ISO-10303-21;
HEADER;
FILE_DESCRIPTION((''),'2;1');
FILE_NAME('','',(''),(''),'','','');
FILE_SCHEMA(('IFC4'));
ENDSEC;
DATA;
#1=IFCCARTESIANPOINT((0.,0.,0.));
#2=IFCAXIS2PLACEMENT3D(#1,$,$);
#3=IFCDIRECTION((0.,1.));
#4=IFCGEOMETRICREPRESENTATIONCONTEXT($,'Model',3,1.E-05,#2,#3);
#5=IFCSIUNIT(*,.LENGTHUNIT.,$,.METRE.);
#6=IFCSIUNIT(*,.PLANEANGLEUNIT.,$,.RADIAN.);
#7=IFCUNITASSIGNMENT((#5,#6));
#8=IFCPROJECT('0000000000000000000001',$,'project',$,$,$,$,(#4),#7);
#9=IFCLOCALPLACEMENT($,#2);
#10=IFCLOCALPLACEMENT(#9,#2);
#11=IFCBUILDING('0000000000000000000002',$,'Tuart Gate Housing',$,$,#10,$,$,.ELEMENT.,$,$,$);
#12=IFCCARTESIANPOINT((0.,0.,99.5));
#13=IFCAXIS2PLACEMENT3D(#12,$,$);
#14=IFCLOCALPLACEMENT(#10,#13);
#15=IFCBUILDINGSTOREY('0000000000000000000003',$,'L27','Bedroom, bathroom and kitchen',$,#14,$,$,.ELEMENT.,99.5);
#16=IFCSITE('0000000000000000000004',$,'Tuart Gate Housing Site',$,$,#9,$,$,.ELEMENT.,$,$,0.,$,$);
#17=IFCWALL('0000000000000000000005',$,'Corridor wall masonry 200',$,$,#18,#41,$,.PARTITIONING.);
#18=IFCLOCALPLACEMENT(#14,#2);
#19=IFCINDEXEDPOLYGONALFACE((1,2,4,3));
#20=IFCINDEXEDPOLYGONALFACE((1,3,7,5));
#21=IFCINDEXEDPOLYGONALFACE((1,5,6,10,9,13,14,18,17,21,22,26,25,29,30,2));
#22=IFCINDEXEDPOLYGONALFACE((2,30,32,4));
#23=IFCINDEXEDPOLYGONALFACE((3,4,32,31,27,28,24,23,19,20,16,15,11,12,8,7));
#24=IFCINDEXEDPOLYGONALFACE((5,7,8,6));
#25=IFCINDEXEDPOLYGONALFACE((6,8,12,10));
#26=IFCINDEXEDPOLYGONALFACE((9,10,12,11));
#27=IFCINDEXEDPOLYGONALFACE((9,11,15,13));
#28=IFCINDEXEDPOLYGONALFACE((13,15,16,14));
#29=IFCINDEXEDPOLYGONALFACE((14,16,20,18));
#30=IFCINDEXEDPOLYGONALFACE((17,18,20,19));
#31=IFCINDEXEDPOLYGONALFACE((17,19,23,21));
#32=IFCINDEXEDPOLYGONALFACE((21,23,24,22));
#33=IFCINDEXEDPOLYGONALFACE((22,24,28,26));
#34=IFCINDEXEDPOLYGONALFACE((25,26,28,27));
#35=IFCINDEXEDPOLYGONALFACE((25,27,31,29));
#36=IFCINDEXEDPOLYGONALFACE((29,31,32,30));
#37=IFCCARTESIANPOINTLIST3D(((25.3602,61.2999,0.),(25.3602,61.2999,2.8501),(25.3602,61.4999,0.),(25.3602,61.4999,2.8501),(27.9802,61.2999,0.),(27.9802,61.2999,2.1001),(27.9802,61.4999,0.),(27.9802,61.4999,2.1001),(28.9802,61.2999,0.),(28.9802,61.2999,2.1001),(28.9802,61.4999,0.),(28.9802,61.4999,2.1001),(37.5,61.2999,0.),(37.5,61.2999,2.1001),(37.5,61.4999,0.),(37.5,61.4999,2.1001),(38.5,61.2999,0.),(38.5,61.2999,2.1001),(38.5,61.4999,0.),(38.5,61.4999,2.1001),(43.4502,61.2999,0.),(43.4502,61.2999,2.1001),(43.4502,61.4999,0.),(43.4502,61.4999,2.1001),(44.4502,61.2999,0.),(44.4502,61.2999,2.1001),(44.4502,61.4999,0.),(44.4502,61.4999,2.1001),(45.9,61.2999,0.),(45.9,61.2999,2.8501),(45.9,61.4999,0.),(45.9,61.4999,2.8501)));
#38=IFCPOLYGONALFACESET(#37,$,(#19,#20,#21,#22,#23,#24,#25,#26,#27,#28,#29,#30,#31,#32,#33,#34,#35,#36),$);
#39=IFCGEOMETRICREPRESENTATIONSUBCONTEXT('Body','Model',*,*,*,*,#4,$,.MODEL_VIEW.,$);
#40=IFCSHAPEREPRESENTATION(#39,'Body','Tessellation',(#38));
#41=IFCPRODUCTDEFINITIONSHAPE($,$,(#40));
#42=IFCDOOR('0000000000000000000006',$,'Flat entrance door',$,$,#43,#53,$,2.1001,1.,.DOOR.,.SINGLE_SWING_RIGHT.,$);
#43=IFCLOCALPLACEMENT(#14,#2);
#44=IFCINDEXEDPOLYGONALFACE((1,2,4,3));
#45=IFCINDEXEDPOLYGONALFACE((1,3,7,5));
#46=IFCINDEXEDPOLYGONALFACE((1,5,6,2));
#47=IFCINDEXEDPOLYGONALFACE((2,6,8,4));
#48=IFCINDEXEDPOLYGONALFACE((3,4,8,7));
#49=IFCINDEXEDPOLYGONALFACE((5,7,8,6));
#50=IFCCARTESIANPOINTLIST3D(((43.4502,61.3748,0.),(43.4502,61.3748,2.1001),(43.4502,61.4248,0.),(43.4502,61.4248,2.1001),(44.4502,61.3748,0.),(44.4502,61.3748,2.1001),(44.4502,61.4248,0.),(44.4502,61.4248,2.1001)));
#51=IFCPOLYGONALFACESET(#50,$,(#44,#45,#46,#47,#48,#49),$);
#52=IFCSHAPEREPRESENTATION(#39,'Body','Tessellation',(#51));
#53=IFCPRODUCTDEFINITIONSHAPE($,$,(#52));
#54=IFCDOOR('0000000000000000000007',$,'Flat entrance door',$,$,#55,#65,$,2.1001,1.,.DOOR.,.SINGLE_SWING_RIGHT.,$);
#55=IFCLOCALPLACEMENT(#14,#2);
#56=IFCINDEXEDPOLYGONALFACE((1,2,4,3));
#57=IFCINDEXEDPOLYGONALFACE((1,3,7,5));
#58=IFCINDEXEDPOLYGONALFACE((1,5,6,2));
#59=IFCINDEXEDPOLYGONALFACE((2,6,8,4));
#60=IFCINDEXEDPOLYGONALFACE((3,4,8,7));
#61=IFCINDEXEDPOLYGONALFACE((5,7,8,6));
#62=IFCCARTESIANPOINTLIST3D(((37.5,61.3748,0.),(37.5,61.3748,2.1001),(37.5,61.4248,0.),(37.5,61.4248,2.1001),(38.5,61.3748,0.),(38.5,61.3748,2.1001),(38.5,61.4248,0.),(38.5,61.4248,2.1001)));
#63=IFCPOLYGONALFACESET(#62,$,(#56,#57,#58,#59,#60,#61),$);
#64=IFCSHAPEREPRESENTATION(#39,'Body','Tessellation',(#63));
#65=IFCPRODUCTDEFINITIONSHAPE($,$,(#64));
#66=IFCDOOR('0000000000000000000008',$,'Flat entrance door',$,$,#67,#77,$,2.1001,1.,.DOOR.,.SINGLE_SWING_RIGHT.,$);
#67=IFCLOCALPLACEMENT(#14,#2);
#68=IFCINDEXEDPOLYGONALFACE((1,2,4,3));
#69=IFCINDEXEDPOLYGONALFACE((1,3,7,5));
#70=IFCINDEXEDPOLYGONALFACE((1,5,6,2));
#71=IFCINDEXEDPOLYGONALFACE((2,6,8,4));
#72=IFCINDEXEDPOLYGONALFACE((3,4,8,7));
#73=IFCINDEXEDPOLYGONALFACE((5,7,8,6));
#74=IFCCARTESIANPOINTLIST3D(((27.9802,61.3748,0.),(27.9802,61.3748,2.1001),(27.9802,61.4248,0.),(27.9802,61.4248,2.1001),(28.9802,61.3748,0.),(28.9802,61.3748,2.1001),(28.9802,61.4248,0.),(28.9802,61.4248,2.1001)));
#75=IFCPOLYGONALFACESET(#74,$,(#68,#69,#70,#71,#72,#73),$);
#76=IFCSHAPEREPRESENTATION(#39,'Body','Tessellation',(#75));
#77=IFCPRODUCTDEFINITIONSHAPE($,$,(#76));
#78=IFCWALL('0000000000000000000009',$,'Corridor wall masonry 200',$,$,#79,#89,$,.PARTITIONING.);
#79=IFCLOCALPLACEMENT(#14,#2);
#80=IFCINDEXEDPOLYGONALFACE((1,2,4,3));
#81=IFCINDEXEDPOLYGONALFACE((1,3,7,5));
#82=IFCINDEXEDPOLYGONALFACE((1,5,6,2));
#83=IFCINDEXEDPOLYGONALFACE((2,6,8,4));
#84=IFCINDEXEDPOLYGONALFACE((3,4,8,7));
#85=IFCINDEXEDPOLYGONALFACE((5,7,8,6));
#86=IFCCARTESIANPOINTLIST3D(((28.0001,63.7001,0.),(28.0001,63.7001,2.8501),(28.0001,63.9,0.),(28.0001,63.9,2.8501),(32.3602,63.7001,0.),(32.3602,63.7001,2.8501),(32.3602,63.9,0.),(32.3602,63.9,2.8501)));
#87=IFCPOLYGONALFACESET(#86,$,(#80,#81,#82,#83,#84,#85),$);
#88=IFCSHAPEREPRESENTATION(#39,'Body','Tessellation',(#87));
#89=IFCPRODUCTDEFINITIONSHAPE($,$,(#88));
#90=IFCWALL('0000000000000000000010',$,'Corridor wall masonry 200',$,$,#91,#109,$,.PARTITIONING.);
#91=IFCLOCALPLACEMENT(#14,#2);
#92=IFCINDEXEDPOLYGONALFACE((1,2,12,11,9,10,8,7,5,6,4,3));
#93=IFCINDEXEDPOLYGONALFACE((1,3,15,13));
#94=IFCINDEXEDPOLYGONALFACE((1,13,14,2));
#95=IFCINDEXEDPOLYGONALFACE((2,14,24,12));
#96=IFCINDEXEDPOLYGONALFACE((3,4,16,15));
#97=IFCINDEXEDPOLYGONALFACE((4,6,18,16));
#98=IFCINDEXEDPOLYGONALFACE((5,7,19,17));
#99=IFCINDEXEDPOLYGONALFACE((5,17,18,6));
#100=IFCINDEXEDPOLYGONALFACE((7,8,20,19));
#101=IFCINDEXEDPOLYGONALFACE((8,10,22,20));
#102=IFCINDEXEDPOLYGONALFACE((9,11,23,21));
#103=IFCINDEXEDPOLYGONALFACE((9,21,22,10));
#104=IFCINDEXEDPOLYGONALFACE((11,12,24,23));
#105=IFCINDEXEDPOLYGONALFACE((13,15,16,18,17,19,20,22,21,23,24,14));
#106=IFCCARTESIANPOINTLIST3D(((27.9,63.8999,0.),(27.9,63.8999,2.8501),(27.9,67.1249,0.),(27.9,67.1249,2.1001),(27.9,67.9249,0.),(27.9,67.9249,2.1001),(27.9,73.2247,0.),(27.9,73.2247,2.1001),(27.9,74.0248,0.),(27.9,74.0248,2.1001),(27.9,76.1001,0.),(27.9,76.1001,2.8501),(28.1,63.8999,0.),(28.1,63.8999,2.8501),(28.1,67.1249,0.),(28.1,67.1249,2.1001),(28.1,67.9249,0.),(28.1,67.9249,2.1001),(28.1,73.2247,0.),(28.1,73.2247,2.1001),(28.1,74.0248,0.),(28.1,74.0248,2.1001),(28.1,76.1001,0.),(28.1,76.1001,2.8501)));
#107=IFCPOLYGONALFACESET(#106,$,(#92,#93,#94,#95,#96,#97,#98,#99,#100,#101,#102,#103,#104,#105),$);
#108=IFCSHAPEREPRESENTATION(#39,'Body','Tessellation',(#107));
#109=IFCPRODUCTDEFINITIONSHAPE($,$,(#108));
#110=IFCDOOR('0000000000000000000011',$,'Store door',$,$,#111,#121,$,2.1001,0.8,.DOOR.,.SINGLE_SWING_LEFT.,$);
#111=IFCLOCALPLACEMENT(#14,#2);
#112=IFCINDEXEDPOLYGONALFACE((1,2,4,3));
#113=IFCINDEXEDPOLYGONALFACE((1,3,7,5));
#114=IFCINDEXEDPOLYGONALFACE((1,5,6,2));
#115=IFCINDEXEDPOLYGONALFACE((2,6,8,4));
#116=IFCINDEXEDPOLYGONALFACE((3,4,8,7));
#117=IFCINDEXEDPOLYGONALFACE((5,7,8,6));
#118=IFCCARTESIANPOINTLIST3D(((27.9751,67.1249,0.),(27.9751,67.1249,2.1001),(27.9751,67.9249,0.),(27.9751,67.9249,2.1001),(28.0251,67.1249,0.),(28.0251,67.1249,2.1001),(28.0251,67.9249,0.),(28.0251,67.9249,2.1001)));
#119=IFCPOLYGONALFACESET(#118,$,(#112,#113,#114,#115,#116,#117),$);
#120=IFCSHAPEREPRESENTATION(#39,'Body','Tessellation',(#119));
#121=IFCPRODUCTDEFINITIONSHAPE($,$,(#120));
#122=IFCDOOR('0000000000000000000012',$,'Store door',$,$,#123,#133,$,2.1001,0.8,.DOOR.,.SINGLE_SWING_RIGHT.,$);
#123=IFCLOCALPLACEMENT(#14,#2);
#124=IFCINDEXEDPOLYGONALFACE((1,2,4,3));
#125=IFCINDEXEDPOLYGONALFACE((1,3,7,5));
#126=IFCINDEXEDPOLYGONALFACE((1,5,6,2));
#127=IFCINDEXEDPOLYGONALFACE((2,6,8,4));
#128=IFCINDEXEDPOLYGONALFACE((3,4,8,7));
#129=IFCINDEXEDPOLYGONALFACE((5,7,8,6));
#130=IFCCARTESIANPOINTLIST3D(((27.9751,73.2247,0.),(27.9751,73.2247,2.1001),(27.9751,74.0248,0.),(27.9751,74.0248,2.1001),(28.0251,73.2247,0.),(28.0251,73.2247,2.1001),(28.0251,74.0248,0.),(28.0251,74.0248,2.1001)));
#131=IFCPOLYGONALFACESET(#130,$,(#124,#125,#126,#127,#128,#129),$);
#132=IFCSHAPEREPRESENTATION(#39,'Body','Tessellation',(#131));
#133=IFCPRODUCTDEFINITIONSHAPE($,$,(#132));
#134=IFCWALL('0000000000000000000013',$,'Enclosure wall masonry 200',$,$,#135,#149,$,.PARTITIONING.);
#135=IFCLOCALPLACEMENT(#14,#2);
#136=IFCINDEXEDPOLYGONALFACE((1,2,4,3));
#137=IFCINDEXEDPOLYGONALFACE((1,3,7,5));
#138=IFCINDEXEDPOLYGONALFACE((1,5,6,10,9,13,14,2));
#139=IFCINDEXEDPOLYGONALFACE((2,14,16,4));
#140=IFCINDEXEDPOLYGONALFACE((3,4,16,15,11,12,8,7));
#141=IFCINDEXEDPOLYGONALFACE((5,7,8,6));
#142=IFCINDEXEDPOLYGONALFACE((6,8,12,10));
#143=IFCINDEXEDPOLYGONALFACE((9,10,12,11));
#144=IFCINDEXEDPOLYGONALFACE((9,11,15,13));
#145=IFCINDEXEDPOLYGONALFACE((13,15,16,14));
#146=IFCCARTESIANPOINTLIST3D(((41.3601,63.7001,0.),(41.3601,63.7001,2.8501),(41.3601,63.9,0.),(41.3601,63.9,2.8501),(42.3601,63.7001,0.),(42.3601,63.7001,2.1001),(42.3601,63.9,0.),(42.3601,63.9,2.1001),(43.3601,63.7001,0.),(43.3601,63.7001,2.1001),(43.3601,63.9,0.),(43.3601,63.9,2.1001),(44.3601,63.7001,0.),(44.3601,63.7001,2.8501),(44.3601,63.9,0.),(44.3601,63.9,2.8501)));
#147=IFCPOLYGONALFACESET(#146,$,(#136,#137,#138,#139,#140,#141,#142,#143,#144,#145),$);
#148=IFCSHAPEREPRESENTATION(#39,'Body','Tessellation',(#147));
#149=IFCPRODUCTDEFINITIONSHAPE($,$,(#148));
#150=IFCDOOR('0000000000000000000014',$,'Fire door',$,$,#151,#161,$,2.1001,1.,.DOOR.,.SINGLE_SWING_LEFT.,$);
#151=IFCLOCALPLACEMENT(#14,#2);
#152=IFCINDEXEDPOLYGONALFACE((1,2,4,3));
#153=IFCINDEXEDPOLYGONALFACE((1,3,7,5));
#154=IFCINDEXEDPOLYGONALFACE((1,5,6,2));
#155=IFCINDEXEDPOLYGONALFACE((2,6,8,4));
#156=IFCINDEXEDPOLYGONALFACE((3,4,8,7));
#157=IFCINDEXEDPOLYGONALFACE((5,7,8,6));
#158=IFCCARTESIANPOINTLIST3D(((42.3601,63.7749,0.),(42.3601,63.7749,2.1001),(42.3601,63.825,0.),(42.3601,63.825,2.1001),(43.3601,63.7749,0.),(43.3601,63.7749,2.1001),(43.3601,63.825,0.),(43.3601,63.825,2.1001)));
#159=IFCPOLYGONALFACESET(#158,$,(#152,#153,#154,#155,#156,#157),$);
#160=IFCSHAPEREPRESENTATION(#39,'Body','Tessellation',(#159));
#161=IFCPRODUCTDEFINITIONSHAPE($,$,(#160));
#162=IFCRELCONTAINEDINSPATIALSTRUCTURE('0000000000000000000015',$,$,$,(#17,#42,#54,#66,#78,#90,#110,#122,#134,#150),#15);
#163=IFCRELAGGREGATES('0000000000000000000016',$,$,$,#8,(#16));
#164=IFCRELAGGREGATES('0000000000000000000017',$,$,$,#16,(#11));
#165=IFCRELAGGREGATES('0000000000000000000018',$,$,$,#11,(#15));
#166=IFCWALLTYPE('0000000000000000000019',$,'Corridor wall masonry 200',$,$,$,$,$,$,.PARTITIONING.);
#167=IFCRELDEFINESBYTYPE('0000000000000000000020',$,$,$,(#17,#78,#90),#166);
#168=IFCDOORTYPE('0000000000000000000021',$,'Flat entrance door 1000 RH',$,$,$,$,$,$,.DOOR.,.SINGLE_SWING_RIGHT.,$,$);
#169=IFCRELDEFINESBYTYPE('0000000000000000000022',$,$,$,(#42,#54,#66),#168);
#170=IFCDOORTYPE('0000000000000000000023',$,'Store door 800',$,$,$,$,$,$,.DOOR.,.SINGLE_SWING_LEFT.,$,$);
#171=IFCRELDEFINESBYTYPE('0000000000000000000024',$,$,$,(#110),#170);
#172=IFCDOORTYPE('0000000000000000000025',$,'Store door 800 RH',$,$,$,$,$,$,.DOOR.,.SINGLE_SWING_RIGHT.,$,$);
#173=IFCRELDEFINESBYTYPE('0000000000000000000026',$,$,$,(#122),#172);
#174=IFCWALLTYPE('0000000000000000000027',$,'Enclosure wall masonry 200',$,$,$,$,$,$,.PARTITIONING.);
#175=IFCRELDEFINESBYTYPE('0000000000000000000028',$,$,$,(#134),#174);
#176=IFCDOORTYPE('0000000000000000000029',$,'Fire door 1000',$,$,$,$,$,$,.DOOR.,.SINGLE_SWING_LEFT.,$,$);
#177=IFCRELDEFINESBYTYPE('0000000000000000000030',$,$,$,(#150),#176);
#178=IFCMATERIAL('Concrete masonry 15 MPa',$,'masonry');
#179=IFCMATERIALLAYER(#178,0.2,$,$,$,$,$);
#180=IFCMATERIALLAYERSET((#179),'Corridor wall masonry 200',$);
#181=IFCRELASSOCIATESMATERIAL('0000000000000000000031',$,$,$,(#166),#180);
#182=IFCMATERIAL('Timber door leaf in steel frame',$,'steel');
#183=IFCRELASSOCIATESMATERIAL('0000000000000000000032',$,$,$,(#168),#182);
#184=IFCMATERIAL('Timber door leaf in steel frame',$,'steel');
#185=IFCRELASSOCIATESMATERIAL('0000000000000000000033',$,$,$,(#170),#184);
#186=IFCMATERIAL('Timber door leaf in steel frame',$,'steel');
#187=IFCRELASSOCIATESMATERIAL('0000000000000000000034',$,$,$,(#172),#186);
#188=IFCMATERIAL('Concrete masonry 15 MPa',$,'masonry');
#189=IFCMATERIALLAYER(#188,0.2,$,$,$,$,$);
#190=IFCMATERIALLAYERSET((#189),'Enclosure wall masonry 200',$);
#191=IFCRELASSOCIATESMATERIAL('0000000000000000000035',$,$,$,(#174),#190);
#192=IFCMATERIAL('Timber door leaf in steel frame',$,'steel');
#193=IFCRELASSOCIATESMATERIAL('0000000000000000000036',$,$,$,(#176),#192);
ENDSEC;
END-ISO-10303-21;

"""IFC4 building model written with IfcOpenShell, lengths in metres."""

from ifc_helpers import new_model, si_unit, direction, frame, frame_2d, origin, place, context, subcontext, project, spatial, rectangle, extrude, material, layer, layer_set, type_object, element, fill, save


model = new_model("IFC4")

# Units and contexts
model_context = context("Model", 3, precision=1e-05, world=origin(), true_north=direction((0.0, 1.0)))
body_context = subcontext(model_context, "Body", "Model", "MODEL_VIEW")
ifc_project = project(units=[si_unit("LENGTHUNIT", "METRE"), si_unit("PLANEANGLEUNIT", "RADIAN")], contexts=[model_context])

# Site, building, storey
site_placement = place(None, origin())
site = spatial("IfcSite", under=ifc_project, at=site_placement, Name="Tuart Gate Housing Site", CompositionType="ELEMENT", RefElevation=0.0)
building_placement = place(site_placement, origin())
building = spatial("IfcBuilding", under=site, at=building_placement, Name="Tuart Gate Housing", CompositionType="ELEMENT")
storey_placement = place(building_placement, frame((0.0, 0.0, 99.5)))
storey = spatial("IfcBuildingStorey", under=building, at=storey_placement, Name="L27", Description="Bedroom, bathroom and kitchen", CompositionType="ELEMENT", Elevation=99.5)

# Wall, openings, doors
ifc_material_1 = material(Name="Concrete masonry 15 MPa", Category="masonry")
ifc_layer_1 = layer(ifc_material_1, 0.2)
ifc_layer_set_1 = layer_set([ifc_layer_1], Name="Corridor wall masonry 200")
wall_type_1 = type_object("IfcWallType", Name="Corridor wall masonry 200", PredefinedType="PARTITIONING", material=ifc_layer_set_1)
wall_1_placement = place(storey_placement, frame((25.3601, 61.3999, 0.0), z_axis=(0.0, 0.0, 1.0), x_axis=(1.0, 0.0, 0.0)))
wall_1 = element("IfcWall", 1, at=wall_1_placement, inside=storey, type_object=wall_type_1, Name="Corridor wall masonry 200", PredefinedType="PARTITIONING", context=body_context, shape_type="SweptSolid", body=[
    extrude(rectangle(XDim=20.5398, YDim=0.2, at=frame_2d((10.27, 0.0))), origin(), (0.0, 0.0, 1.0), 2.8501),
])
opening_1_placement = place(wall_1_placement, frame((18.0901, 0.0, 0.0)))
opening_1 = element("IfcOpeningElement", 2, at=opening_1_placement, cuts=wall_1, PredefinedType="OPENING", context=body_context, shape_type="SweptSolid", body=[
    extrude(rectangle(XDim=1.0, YDim=2.1001, at=frame_2d((0.5, 1.05))), frame((0.0, 0.1099, 0.0), z_axis=(0.0, -1.0, 0.0), x_axis=(1.0, 0.0, 0.0)), (0.0, 0.0, 1.0), 0.22),
])
opening_2_placement = place(wall_1_placement, frame((12.1399, 0.0, 0.0)))
opening_2 = element("IfcOpeningElement", 3, at=opening_2_placement, cuts=wall_1, PredefinedType="OPENING", context=body_context, shape_type="SweptSolid", body=[
    extrude(rectangle(XDim=1.0, YDim=2.1001, at=frame_2d((0.5, 1.05))), frame((0.0, 0.1099, 0.0), z_axis=(0.0, -1.0, 0.0), x_axis=(1.0, 0.0, 0.0)), (0.0, 0.0, 1.0), 0.22),
])
opening_3_placement = place(wall_1_placement, frame((2.6201, 0.0, 0.0)))
opening_3 = element("IfcOpeningElement", 4, at=opening_3_placement, cuts=wall_1, PredefinedType="OPENING", context=body_context, shape_type="SweptSolid", body=[
    extrude(rectangle(XDim=1.0, YDim=2.1001, at=frame_2d((0.5, 1.05))), frame((0.0, 0.1099, 0.0), z_axis=(0.0, -1.0, 0.0), x_axis=(1.0, 0.0, 0.0)), (0.0, 0.0, 1.0), 0.22),
])
ifc_material_2 = material(Name="Timber door leaf in steel frame", Category="steel")
door_type_1 = type_object("IfcDoorType", Name="Flat entrance door 1000 RH", OperationType="SINGLE_SWING_RIGHT", PredefinedType="DOOR", material=ifc_material_2)
door_1_placement = place(opening_1_placement, frame((1.0, 0.0, 0.0), z_axis=(0.0, 0.0, 1.0), x_axis=(-1.0, 0.0, 0.0)))
door_1 = element("IfcDoor", 5, at=door_1_placement, inside=storey, type_object=door_type_1, Name="Flat entrance door", OperationType="SINGLE_SWING_RIGHT", OverallHeight=2.1001, OverallWidth=1.0, PredefinedType="DOOR", context=body_context, shape_type="SweptSolid", body=[
    extrude(rectangle(XDim=1.0, YDim=2.1001, at=frame_2d((0.5, 1.05))), frame((0.0, 0.0251, 0.0), z_axis=(0.0, -1.0, 0.0), x_axis=(1.0, 0.0, 0.0)), (0.0, 0.0, 1.0), 0.05),
])
fill(opening_1, door_1)
door_2_placement = place(opening_2_placement, frame((1.0, 0.0, 0.0), z_axis=(0.0, 0.0, 1.0), x_axis=(-1.0, 0.0, 0.0)))
door_2 = element("IfcDoor", 6, at=door_2_placement, inside=storey, type_object=door_type_1, Name="Flat entrance door", OperationType="SINGLE_SWING_RIGHT", OverallHeight=2.1001, OverallWidth=1.0, PredefinedType="DOOR", context=body_context, shape_type="SweptSolid", body=[
    extrude(rectangle(XDim=1.0, YDim=2.1001, at=frame_2d((0.5, 1.05))), frame((0.0, 0.0251, 0.0), z_axis=(0.0, -1.0, 0.0), x_axis=(1.0, 0.0, 0.0)), (0.0, 0.0, 1.0), 0.05),
])
fill(opening_2, door_2)
door_3_placement = place(opening_3_placement, frame((1.0, 0.0, 0.0), z_axis=(0.0, 0.0, 1.0), x_axis=(-1.0, 0.0, 0.0)))
door_3 = element("IfcDoor", 7, at=door_3_placement, inside=storey, type_object=door_type_1, Name="Flat entrance door", OperationType="SINGLE_SWING_RIGHT", OverallHeight=2.1001, OverallWidth=1.0, PredefinedType="DOOR", context=body_context, shape_type="SweptSolid", body=[
    extrude(rectangle(XDim=1.0, YDim=2.1001, at=frame_2d((0.5, 1.05))), frame((0.0, 0.0251, 0.0), z_axis=(0.0, -1.0, 0.0), x_axis=(1.0, 0.0, 0.0)), (0.0, 0.0, 1.0), 0.05),
])
fill(opening_3, door_3)

# Wall
wall_2_placement = place(storey_placement, frame((28.0, 63.8, 0.0), z_axis=(0.0, 0.0, 1.0), x_axis=(1.0, 0.0, 0.0)))
element("IfcWall", 8, at=wall_2_placement, inside=storey, type_object=wall_type_1, Name="Corridor wall masonry 200", PredefinedType="PARTITIONING", context=body_context, shape_type="SweptSolid", body=[
    extrude(rectangle(XDim=4.3601, YDim=0.2, at=frame_2d((2.1802, 0.0))), origin(), (0.0, 0.0, 1.0), 2.8501),
])

# Wall, openings, doors
wall_3_placement = place(storey_placement, frame((28.0, 63.8999, 0.0), z_axis=(0.0, 0.0, 1.0), x_axis=(0.0, 1.0, 0.0)))
wall_3 = element("IfcWall", 9, at=wall_3_placement, inside=storey, type_object=wall_type_1, Name="Corridor wall masonry 200", PredefinedType="PARTITIONING", context=body_context, shape_type="SweptSolid", body=[
    extrude(rectangle(XDim=12.2002, YDim=0.2, at=frame_2d((6.1001, 0.0))), origin(), (0.0, 0.0, 1.0), 2.8501),
])
opening_4_placement = place(wall_3_placement, frame((3.2251, 0.0, 0.0)))
opening_4 = element("IfcOpeningElement", 10, at=opening_4_placement, cuts=wall_3, PredefinedType="OPENING", context=body_context, shape_type="SweptSolid", body=[
    extrude(rectangle(XDim=0.8, YDim=2.1001, at=frame_2d((0.3999, 1.05))), frame((0.0, 0.1099, 0.0), z_axis=(0.0, -1.0, 0.0), x_axis=(1.0, 0.0, 0.0)), (0.0, 0.0, 1.0), 0.22),
])
opening_5_placement = place(wall_3_placement, frame((9.325, 0.0, 0.0)))
opening_5 = element("IfcOpeningElement", 11, at=opening_5_placement, cuts=wall_3, PredefinedType="OPENING", context=body_context, shape_type="SweptSolid", body=[
    extrude(rectangle(XDim=0.8, YDim=2.1001, at=frame_2d((0.3999, 1.05))), frame((0.0, 0.1099, 0.0), z_axis=(0.0, -1.0, 0.0), x_axis=(1.0, 0.0, 0.0)), (0.0, 0.0, 1.0), 0.22),
])
ifc_material_3 = material(Name="Timber door leaf in steel frame", Category="steel")
door_type_2 = type_object("IfcDoorType", Name="Store door 800", OperationType="SINGLE_SWING_LEFT", PredefinedType="DOOR", material=ifc_material_3)
door_4_placement = place(opening_4_placement, frame((0.8, 0.0, 0.0), z_axis=(0.0, 0.0, 1.0), x_axis=(-1.0, 0.0, 0.0)))
door_4 = element("IfcDoor", 12, at=door_4_placement, inside=storey, type_object=door_type_2, Name="Store door", OperationType="SINGLE_SWING_LEFT", OverallHeight=2.1001, OverallWidth=0.8, PredefinedType="DOOR", context=body_context, shape_type="SweptSolid", body=[
    extrude(rectangle(XDim=0.8, YDim=2.1001, at=frame_2d((0.4001, 1.05))), frame((0.0, 0.0251, 0.0), z_axis=(0.0, -1.0, 0.0), x_axis=(1.0, 0.0, 0.0)), (0.0, 0.0, 1.0), 0.05),
])
fill(opening_4, door_4)
ifc_material_4 = material(Name="Timber door leaf in steel frame", Category="steel")
door_type_3 = type_object("IfcDoorType", Name="Store door 800 RH", OperationType="SINGLE_SWING_RIGHT", PredefinedType="DOOR", material=ifc_material_4)
door_5_placement = place(opening_5_placement, frame((0.8, 0.0, 0.0), z_axis=(0.0, 0.0, 1.0), x_axis=(-1.0, 0.0, 0.0)))
door_5 = element("IfcDoor", 13, at=door_5_placement, inside=storey, type_object=door_type_3, Name="Store door", OperationType="SINGLE_SWING_RIGHT", OverallHeight=2.1001, OverallWidth=0.8, PredefinedType="DOOR", context=body_context, shape_type="SweptSolid", body=[
    extrude(rectangle(XDim=0.8, YDim=2.1001, at=frame_2d((0.4001, 1.05))), frame((0.0, 0.0251, 0.0), z_axis=(0.0, -1.0, 0.0), x_axis=(1.0, 0.0, 0.0)), (0.0, 0.0, 1.0), 0.05),
])
fill(opening_5, door_5)

# Wall, opening, door
ifc_material_5 = material(Name="Concrete masonry 15 MPa", Category="masonry")
ifc_layer_2 = layer(ifc_material_5, 0.2)
ifc_layer_set_2 = layer_set([ifc_layer_2], Name="Enclosure wall masonry 200")
wall_type_2 = type_object("IfcWallType", Name="Enclosure wall masonry 200", PredefinedType="PARTITIONING", material=ifc_layer_set_2)
wall_4_placement = place(storey_placement, frame((41.3601, 63.8, 0.0), z_axis=(0.0, 0.0, 1.0), x_axis=(1.0, 0.0, 0.0)))
wall_4 = element("IfcWall", 14, at=wall_4_placement, inside=storey, type_object=wall_type_2, Name="Enclosure wall masonry 200", PredefinedType="PARTITIONING", context=body_context, shape_type="SweptSolid", body=[
    extrude(rectangle(XDim=3.0, YDim=0.2, at=frame_2d((1.5, 0.0))), origin(), (0.0, 0.0, 1.0), 2.8501),
])
opening_6_placement = place(wall_4_placement, frame((1.0, 0.0, 0.0)))
opening_6 = element("IfcOpeningElement", 15, at=opening_6_placement, cuts=wall_4, PredefinedType="OPENING", context=body_context, shape_type="SweptSolid", body=[
    extrude(rectangle(XDim=1.0, YDim=2.1001, at=frame_2d((0.5, 1.05))), frame((0.0, 0.1099, 0.0), z_axis=(0.0, -1.0, 0.0), x_axis=(1.0, 0.0, 0.0)), (0.0, 0.0, 1.0), 0.22),
])
ifc_material_6 = material(Name="Timber door leaf in steel frame", Category="steel")
door_type_4 = type_object("IfcDoorType", Name="Fire door 1000", OperationType="SINGLE_SWING_LEFT", PredefinedType="DOOR", material=ifc_material_6)
door_6_placement = place(opening_6_placement, frame((1.0, 0.0, 0.0), z_axis=(0.0, 0.0, 1.0), x_axis=(-1.0, 0.0, 0.0)))
door_6 = element("IfcDoor", 16, at=door_6_placement, inside=storey, type_object=door_type_4, Name="Fire door", OperationType="SINGLE_SWING_LEFT", OverallHeight=2.1001, OverallWidth=1.0, PredefinedType="DOOR", context=body_context, shape_type="SweptSolid", body=[
    extrude(rectangle(XDim=1.0, YDim=2.1001, at=frame_2d((0.5, 1.05))), frame((0.0, 0.0251, 0.0), z_axis=(0.0, -1.0, 0.0), x_axis=(1.0, 0.0, 0.0)), (0.0, 0.0, 1.0), 0.05),
])
fill(opening_6, door_6)

save(model, "model.ifc")
